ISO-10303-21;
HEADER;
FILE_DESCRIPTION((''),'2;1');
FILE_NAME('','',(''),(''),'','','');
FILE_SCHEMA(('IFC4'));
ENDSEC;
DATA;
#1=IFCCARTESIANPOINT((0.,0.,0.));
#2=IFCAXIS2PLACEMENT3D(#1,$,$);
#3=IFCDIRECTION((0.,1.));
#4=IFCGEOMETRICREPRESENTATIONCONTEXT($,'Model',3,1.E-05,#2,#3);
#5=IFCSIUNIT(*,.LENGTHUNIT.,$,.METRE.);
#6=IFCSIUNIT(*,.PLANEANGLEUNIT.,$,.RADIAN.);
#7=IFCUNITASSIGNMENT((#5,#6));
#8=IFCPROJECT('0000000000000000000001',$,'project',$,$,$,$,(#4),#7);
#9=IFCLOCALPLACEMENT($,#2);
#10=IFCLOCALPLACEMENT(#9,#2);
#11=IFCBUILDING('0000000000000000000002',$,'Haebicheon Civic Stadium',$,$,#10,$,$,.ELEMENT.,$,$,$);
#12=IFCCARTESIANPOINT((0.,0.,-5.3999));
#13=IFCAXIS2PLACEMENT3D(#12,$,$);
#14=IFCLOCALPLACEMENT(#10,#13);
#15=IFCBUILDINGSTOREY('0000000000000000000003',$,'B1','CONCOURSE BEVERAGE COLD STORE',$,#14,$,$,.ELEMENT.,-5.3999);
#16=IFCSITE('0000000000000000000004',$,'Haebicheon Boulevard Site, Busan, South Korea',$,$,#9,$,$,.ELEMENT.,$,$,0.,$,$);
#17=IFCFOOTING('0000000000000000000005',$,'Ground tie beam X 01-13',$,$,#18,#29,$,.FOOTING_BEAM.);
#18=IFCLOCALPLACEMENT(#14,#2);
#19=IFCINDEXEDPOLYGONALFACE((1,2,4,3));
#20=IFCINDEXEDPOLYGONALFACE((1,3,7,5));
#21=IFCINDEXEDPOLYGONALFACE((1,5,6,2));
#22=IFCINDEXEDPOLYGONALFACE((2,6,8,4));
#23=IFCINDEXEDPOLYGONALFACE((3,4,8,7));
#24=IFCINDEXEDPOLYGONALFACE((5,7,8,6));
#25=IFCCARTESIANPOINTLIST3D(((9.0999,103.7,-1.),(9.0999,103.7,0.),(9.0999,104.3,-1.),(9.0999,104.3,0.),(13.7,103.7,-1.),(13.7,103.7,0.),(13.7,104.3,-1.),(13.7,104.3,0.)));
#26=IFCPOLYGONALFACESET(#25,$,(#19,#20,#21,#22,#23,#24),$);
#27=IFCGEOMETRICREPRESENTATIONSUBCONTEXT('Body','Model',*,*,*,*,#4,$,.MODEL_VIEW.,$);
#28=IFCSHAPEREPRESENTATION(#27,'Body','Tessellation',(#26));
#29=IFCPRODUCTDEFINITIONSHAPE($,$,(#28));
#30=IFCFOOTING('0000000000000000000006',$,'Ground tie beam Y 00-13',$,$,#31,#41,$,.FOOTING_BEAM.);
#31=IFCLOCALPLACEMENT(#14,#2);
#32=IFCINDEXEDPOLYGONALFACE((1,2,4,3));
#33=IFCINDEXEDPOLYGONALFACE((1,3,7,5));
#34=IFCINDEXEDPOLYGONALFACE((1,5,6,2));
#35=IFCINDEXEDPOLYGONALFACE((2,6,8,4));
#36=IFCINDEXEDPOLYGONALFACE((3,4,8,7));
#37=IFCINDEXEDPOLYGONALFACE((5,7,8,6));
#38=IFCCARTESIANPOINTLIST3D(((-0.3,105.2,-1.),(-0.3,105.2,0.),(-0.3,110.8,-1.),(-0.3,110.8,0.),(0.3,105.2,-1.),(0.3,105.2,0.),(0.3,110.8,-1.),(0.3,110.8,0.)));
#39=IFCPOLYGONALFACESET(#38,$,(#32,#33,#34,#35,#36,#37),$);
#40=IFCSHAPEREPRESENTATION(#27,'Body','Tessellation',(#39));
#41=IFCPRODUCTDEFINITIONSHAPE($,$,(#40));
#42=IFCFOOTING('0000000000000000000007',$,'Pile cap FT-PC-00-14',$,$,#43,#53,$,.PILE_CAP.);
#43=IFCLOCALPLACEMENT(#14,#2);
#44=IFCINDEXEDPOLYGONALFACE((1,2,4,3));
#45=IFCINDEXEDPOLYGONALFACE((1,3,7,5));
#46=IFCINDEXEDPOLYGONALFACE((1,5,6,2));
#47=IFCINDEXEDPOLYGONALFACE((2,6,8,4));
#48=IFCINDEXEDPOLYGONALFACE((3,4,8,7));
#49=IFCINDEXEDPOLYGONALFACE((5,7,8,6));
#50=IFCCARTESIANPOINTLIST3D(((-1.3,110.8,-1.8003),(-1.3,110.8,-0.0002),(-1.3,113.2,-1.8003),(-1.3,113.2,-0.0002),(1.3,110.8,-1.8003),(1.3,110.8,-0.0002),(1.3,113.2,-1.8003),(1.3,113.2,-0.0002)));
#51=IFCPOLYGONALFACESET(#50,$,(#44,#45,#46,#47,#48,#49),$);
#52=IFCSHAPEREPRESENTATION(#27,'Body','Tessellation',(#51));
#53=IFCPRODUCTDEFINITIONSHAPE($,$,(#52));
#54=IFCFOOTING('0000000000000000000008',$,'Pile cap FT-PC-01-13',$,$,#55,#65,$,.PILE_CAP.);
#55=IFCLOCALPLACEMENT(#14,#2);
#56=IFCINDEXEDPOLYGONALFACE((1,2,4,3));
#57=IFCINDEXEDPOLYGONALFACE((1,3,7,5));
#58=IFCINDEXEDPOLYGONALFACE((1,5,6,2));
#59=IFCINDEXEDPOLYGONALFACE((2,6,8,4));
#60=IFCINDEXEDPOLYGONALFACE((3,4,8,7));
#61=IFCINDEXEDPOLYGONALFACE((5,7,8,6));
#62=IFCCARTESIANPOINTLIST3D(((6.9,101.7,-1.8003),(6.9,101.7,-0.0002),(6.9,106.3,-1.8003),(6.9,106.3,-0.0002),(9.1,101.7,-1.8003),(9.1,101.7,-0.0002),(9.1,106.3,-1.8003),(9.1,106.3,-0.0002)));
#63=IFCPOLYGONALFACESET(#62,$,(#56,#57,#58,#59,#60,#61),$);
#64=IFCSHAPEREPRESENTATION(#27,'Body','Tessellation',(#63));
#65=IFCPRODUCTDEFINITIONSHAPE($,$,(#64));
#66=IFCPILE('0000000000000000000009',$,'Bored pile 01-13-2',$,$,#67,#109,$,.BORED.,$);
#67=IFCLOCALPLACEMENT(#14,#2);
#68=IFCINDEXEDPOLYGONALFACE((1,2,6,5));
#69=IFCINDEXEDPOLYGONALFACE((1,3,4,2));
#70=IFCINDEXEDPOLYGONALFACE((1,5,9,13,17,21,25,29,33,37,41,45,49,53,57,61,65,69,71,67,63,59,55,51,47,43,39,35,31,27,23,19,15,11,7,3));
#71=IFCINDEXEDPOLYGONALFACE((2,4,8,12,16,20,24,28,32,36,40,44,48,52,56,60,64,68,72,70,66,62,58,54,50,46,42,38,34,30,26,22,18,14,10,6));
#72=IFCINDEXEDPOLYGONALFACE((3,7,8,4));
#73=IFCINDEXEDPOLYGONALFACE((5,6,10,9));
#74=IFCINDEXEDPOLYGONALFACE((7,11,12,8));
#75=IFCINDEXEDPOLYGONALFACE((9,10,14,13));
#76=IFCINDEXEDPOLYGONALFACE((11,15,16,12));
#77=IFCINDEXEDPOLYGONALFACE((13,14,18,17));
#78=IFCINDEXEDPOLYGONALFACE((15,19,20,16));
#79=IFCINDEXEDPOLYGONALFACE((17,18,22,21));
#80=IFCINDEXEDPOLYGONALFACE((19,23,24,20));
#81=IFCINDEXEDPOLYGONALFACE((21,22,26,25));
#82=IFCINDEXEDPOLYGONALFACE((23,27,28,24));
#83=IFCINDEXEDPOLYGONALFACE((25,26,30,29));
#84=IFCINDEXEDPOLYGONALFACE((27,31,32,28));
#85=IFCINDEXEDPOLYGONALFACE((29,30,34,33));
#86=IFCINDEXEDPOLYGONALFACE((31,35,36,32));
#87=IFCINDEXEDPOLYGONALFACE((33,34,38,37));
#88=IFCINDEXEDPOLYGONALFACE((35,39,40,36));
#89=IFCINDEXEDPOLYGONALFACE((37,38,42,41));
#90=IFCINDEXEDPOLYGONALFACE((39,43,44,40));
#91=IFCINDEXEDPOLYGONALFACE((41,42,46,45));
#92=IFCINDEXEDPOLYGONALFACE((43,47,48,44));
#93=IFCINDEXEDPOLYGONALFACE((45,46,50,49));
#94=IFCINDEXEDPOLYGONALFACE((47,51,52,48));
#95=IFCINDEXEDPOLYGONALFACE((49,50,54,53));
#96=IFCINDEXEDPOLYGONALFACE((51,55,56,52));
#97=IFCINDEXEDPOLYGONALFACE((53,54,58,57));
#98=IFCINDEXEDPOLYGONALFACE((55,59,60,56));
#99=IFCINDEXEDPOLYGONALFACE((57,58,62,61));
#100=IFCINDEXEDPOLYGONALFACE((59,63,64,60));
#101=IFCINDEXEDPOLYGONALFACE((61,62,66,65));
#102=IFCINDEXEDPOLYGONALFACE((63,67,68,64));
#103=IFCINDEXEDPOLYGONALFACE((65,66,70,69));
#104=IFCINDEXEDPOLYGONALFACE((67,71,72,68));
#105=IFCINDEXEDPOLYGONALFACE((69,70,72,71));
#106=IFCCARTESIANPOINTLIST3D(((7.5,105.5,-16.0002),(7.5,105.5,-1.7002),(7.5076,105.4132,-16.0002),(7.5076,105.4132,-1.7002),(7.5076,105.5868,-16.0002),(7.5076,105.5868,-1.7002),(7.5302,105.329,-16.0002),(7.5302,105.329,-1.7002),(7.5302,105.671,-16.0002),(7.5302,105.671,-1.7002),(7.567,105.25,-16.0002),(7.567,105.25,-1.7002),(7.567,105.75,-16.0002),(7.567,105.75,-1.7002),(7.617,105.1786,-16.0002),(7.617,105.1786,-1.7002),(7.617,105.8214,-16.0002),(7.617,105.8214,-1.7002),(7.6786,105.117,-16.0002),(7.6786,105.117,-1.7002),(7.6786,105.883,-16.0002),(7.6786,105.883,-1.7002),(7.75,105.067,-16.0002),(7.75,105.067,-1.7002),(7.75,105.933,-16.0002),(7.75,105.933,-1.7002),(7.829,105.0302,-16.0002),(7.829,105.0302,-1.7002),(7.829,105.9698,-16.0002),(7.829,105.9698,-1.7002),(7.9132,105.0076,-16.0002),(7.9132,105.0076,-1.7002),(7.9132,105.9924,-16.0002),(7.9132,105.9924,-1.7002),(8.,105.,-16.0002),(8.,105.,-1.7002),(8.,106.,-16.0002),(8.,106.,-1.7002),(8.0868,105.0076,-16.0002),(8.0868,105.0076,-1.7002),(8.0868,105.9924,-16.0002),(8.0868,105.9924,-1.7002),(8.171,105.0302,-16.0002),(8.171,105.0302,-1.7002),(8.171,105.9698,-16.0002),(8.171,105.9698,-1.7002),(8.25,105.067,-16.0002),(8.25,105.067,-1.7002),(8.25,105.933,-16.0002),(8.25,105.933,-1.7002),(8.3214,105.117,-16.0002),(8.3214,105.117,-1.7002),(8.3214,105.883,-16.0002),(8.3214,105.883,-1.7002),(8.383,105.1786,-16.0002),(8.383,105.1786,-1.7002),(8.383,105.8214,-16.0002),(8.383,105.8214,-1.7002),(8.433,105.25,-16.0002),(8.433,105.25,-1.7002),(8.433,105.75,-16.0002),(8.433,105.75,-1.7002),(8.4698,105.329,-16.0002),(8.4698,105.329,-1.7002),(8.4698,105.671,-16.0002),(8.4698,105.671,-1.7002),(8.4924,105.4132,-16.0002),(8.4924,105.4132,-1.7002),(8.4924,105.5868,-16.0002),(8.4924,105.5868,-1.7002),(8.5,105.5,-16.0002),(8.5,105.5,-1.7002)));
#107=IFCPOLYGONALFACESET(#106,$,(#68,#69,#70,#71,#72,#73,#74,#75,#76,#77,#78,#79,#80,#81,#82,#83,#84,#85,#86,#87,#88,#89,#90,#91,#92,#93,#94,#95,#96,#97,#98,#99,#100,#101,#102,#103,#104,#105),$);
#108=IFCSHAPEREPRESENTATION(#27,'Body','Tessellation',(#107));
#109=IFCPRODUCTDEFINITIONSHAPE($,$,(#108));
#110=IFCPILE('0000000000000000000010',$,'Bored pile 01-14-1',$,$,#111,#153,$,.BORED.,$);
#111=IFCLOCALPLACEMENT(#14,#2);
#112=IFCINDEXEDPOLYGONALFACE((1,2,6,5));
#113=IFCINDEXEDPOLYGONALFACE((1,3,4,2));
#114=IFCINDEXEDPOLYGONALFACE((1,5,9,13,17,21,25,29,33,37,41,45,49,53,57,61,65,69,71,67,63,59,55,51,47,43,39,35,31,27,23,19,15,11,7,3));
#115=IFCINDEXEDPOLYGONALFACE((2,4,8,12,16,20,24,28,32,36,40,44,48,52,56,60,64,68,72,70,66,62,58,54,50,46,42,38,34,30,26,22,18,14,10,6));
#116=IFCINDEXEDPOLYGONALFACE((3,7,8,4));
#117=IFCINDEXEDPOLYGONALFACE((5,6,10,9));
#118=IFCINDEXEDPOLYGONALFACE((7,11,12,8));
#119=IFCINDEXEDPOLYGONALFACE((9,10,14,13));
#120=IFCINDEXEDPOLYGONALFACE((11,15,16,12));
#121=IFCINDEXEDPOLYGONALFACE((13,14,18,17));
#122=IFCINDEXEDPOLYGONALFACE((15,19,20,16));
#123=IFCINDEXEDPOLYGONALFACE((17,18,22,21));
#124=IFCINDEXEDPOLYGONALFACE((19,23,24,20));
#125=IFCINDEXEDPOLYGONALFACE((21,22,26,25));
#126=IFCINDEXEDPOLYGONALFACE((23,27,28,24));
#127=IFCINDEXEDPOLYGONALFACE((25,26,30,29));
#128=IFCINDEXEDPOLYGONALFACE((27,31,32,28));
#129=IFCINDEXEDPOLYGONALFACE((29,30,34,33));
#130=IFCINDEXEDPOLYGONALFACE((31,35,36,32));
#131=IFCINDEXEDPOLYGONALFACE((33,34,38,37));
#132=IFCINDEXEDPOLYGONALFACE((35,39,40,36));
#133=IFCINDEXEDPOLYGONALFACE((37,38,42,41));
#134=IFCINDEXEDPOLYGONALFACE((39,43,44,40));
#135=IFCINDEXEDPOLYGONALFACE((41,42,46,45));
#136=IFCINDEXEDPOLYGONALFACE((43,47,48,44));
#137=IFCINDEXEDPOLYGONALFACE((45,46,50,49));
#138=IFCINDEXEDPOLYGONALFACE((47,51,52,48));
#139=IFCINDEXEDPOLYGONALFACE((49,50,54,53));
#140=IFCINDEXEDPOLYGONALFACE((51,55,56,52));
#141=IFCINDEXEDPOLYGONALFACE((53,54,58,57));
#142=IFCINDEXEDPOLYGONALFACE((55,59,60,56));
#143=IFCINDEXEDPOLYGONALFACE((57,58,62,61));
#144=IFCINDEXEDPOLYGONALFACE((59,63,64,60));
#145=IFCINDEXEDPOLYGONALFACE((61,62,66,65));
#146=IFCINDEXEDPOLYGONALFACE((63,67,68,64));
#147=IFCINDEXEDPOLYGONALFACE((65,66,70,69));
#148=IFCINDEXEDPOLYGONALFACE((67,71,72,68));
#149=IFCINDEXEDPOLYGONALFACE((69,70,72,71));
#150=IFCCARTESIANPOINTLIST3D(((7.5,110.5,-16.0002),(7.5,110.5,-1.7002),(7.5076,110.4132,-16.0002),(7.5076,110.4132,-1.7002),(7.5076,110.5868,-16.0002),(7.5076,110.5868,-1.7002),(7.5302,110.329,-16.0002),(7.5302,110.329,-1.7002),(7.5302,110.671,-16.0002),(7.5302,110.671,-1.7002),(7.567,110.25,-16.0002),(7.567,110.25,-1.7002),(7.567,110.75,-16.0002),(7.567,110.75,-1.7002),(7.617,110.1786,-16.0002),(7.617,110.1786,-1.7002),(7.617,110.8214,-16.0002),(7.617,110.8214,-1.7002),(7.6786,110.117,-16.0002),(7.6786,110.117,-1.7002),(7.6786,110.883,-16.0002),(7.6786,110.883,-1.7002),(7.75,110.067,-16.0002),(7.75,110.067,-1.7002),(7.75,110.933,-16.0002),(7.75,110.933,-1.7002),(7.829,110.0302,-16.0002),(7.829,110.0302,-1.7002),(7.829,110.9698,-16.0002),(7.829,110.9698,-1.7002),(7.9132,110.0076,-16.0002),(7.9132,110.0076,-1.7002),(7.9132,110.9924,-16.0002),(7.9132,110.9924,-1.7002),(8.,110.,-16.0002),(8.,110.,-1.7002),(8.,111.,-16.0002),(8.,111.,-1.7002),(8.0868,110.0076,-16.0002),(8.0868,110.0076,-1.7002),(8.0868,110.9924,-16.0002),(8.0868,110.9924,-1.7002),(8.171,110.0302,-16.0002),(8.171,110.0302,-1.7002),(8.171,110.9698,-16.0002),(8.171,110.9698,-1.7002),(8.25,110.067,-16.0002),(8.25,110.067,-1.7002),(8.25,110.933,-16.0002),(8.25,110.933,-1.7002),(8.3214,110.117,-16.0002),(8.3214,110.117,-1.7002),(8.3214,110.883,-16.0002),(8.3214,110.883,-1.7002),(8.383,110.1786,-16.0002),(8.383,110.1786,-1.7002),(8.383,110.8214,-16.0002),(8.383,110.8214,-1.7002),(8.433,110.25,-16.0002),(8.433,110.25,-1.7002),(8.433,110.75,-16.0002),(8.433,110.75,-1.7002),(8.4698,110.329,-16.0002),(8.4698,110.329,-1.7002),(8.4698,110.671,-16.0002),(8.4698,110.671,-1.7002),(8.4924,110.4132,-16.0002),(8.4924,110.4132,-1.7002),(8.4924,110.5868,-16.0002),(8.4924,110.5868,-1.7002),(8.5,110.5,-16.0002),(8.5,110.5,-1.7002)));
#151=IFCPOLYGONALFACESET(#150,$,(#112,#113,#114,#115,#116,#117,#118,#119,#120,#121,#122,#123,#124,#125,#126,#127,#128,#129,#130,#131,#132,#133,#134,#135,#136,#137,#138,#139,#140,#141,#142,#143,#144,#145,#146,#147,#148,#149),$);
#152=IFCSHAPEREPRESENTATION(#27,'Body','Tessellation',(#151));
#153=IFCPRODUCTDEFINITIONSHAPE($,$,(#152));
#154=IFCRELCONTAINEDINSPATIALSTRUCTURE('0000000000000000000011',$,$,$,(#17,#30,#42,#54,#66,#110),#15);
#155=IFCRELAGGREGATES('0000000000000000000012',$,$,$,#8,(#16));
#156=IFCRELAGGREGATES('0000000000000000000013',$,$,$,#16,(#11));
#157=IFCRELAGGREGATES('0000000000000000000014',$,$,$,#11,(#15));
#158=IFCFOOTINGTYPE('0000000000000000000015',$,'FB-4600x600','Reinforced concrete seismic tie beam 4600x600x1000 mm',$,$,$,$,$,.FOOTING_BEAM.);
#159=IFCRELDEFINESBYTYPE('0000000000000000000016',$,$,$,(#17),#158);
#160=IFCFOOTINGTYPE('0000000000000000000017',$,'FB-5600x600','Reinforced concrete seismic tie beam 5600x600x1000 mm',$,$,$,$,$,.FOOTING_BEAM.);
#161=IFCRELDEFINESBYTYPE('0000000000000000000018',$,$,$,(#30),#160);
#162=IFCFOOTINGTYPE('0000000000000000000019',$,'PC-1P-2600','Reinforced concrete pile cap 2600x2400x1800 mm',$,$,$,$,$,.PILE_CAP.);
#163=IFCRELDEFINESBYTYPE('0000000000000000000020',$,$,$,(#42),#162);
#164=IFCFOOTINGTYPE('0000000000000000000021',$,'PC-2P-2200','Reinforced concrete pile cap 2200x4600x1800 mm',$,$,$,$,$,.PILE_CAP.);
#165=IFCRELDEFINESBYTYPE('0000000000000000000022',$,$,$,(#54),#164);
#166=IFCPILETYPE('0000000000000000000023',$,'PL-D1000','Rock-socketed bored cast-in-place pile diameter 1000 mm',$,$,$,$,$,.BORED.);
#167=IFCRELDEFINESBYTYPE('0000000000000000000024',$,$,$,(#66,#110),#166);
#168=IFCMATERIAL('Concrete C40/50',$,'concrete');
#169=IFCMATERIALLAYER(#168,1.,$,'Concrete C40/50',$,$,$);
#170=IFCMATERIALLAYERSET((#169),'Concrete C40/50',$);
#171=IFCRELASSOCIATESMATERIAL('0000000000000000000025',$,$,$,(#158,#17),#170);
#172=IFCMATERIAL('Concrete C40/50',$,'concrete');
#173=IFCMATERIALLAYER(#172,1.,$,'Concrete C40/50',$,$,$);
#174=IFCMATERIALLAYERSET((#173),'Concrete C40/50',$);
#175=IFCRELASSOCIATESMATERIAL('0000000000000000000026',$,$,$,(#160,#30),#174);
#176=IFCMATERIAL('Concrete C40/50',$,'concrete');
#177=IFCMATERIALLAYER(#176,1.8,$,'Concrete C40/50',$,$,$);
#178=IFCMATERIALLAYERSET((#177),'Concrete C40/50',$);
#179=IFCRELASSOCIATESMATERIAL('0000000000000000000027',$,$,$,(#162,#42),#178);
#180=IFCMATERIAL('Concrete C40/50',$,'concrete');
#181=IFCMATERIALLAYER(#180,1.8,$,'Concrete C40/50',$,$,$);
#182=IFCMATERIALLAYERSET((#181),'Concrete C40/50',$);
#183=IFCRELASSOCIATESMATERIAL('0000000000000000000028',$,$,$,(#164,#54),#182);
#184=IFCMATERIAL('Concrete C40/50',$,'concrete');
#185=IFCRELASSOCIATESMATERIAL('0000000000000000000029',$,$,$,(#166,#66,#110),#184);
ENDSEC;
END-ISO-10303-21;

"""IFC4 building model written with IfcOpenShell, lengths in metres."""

from ifc_helpers import new_model, si_unit, direction, frame, origin, origin_2d, place, context, subcontext, project, spatial, rectangle, circle, extrude, material, layer, layer_set, material_profile, profile_set, type_object, element, save


model = new_model("IFC4")

# Units and contexts
model_context = context("Model", 3, precision=1e-05, world=origin(), true_north=direction((0.0, 1.0)))
body_context = subcontext(model_context, "Body", "Model", "MODEL_VIEW")
ifc_project = project(units=[si_unit("LENGTHUNIT", "METRE"), si_unit("PLANEANGLEUNIT", "RADIAN")], contexts=[model_context])

# Site, building, storey
site_placement = place(None, origin())
site = spatial("IfcSite", under=ifc_project, at=site_placement, Name="Haebicheon Boulevard Site, Busan, South Korea", CompositionType="ELEMENT", RefElevation=0.0)
building_placement = place(site_placement, origin())
building = spatial("IfcBuilding", under=site, at=building_placement, Name="Haebicheon Civic Stadium", CompositionType="ELEMENT")
storey_placement = place(building_placement, frame((0.0, 0.0, -5.3999)))
storey = spatial("IfcBuildingStorey", under=building, at=storey_placement, Name="B1", Description="CONCOURSE BEVERAGE COLD STORE", CompositionType="ELEMENT", Elevation=-5.3999)

# Footings
ifc_material_1 = material(Name="Concrete C40/50", Category="concrete")
ifc_layer_1 = layer(ifc_material_1, 1.0, Name="Concrete C40/50")
ifc_layer_set_1 = layer_set([ifc_layer_1], Name="Concrete C40/50")
footing_type_1 = type_object("IfcFootingType", Name="FB-4600x600", Description="Reinforced concrete seismic tie beam 4600x600x1000 mm", PredefinedType="FOOTING_BEAM", material=ifc_layer_set_1)
footing_1_placement = place(storey_placement, frame((11.3999, 104.0, -1.0), z_axis=(0.0, 0.0, 1.0), x_axis=(1.0, 0.0, 0.0)))
element("IfcFooting", 1, at=footing_1_placement, inside=storey, type_object=footing_type_1, material=ifc_layer_set_1, Name="Ground tie beam X 01-13", PredefinedType="FOOTING_BEAM", context=body_context, shape_type="SweptSolid", body=[
    extrude(rectangle(XDim=4.6001, YDim=0.6001, at=origin_2d()), origin(), (0.0, 0.0, 1.0), 1.0),
])
ifc_material_2 = material(Name="Concrete C40/50", Category="concrete")
ifc_layer_2 = layer(ifc_material_2, 1.0, Name="Concrete C40/50")
ifc_layer_set_2 = layer_set([ifc_layer_2], Name="Concrete C40/50")
footing_type_2 = type_object("IfcFootingType", Name="FB-5600x600", Description="Reinforced concrete seismic tie beam 5600x600x1000 mm", PredefinedType="FOOTING_BEAM", material=ifc_layer_set_2)
footing_2_placement = place(storey_placement, frame((0.0, 108.0, -1.0), z_axis=(0.0, 0.0, 1.0), x_axis=(0.0, 1.0, 0.0)))
element("IfcFooting", 2, at=footing_2_placement, inside=storey, type_object=footing_type_2, material=ifc_layer_set_2, Name="Ground tie beam Y 00-13", PredefinedType="FOOTING_BEAM", context=body_context, shape_type="SweptSolid", body=[
    extrude(rectangle(XDim=5.6001, YDim=0.6001, at=origin_2d()), origin(), (0.0, 0.0, 1.0), 1.0),
])
ifc_material_3 = material(Name="Concrete C40/50", Category="concrete")
ifc_layer_3 = layer(ifc_material_3, 1.8, Name="Concrete C40/50")
ifc_layer_set_3 = layer_set([ifc_layer_3], Name="Concrete C40/50")
footing_type_3 = type_object("IfcFootingType", Name="PC-1P-2600", Description="Reinforced concrete pile cap 2600x2400x1800 mm", PredefinedType="PILE_CAP", material=ifc_layer_set_3)
footing_3_placement = place(storey_placement, frame((0.0, 112.0, -1.8003), z_axis=(0.0, 0.0, 1.0), x_axis=(1.0, 0.0, 0.0)))
element("IfcFooting", 3, at=footing_3_placement, inside=storey, type_object=footing_type_3, material=ifc_layer_set_3, Name="Pile cap FT-PC-00-14", PredefinedType="PILE_CAP", context=body_context, shape_type="SweptSolid", body=[
    extrude(rectangle(XDim=2.6001, YDim=2.3999, at=origin_2d()), origin(), (0.0, 0.0, 1.0), 1.8),
])
ifc_material_4 = material(Name="Concrete C40/50", Category="concrete")
ifc_layer_4 = layer(ifc_material_4, 1.8, Name="Concrete C40/50")
ifc_layer_set_4 = layer_set([ifc_layer_4], Name="Concrete C40/50")
footing_type_4 = type_object("IfcFootingType", Name="PC-2P-2200", Description="Reinforced concrete pile cap 2200x4600x1800 mm", PredefinedType="PILE_CAP", material=ifc_layer_set_4)
footing_4_placement = place(storey_placement, frame((8.0, 104.0, -1.8003), z_axis=(0.0, 0.0, 1.0), x_axis=(1.0, 0.0, 0.0)))
element("IfcFooting", 4, at=footing_4_placement, inside=storey, type_object=footing_type_4, material=ifc_layer_set_4, Name="Pile cap FT-PC-01-13", PredefinedType="PILE_CAP", context=body_context, shape_type="SweptSolid", body=[
    extrude(rectangle(XDim=2.2, YDim=4.6001, at=origin_2d()), origin(), (0.0, 0.0, 1.0), 1.8),
])

# Piles
ifc_material_5 = material(Name="Concrete C40/50", Category="concrete")
ifc_material_profile_1 = material_profile(ifc_material_5, circle(Radius=0.5, at=origin_2d()), Name="PILE-D1000")
ifc_profile_set_1 = profile_set([ifc_material_profile_1], Name="Concrete C40/50")
pile_type_1 = type_object("IfcPileType", Name="PL-D1000", Description="Rock-socketed bored cast-in-place pile diameter 1000 mm", PredefinedType="BORED", material=ifc_profile_set_1)
for number, where, z_axis, x_axis, name in (
    (5, (8.0, 105.5, -1.7002), (0.0, 0.0, -1.0), (1.0, 0.0, 0.0), "Bored pile 01-13-2"),
    (6, (8.0, 110.5, -1.7002), (0.0, 0.0, -1.0), (1.0, 0.0, 0.0), "Bored pile 01-14-1"),
):
    element("IfcPile", number, at=place(storey_placement, frame(where, z_axis=z_axis, x_axis=x_axis)), inside=storey, type_object=pile_type_1, material=ifc_profile_set_1, Name=name, PredefinedType="BORED", context=body_context, shape_type="SweptSolid", body=[
        extrude(circle(Radius=0.5, at=origin_2d()), origin(), (0.0, 0.0, 1.0), 14.3),
    ])

save(model, "model.ifc")
